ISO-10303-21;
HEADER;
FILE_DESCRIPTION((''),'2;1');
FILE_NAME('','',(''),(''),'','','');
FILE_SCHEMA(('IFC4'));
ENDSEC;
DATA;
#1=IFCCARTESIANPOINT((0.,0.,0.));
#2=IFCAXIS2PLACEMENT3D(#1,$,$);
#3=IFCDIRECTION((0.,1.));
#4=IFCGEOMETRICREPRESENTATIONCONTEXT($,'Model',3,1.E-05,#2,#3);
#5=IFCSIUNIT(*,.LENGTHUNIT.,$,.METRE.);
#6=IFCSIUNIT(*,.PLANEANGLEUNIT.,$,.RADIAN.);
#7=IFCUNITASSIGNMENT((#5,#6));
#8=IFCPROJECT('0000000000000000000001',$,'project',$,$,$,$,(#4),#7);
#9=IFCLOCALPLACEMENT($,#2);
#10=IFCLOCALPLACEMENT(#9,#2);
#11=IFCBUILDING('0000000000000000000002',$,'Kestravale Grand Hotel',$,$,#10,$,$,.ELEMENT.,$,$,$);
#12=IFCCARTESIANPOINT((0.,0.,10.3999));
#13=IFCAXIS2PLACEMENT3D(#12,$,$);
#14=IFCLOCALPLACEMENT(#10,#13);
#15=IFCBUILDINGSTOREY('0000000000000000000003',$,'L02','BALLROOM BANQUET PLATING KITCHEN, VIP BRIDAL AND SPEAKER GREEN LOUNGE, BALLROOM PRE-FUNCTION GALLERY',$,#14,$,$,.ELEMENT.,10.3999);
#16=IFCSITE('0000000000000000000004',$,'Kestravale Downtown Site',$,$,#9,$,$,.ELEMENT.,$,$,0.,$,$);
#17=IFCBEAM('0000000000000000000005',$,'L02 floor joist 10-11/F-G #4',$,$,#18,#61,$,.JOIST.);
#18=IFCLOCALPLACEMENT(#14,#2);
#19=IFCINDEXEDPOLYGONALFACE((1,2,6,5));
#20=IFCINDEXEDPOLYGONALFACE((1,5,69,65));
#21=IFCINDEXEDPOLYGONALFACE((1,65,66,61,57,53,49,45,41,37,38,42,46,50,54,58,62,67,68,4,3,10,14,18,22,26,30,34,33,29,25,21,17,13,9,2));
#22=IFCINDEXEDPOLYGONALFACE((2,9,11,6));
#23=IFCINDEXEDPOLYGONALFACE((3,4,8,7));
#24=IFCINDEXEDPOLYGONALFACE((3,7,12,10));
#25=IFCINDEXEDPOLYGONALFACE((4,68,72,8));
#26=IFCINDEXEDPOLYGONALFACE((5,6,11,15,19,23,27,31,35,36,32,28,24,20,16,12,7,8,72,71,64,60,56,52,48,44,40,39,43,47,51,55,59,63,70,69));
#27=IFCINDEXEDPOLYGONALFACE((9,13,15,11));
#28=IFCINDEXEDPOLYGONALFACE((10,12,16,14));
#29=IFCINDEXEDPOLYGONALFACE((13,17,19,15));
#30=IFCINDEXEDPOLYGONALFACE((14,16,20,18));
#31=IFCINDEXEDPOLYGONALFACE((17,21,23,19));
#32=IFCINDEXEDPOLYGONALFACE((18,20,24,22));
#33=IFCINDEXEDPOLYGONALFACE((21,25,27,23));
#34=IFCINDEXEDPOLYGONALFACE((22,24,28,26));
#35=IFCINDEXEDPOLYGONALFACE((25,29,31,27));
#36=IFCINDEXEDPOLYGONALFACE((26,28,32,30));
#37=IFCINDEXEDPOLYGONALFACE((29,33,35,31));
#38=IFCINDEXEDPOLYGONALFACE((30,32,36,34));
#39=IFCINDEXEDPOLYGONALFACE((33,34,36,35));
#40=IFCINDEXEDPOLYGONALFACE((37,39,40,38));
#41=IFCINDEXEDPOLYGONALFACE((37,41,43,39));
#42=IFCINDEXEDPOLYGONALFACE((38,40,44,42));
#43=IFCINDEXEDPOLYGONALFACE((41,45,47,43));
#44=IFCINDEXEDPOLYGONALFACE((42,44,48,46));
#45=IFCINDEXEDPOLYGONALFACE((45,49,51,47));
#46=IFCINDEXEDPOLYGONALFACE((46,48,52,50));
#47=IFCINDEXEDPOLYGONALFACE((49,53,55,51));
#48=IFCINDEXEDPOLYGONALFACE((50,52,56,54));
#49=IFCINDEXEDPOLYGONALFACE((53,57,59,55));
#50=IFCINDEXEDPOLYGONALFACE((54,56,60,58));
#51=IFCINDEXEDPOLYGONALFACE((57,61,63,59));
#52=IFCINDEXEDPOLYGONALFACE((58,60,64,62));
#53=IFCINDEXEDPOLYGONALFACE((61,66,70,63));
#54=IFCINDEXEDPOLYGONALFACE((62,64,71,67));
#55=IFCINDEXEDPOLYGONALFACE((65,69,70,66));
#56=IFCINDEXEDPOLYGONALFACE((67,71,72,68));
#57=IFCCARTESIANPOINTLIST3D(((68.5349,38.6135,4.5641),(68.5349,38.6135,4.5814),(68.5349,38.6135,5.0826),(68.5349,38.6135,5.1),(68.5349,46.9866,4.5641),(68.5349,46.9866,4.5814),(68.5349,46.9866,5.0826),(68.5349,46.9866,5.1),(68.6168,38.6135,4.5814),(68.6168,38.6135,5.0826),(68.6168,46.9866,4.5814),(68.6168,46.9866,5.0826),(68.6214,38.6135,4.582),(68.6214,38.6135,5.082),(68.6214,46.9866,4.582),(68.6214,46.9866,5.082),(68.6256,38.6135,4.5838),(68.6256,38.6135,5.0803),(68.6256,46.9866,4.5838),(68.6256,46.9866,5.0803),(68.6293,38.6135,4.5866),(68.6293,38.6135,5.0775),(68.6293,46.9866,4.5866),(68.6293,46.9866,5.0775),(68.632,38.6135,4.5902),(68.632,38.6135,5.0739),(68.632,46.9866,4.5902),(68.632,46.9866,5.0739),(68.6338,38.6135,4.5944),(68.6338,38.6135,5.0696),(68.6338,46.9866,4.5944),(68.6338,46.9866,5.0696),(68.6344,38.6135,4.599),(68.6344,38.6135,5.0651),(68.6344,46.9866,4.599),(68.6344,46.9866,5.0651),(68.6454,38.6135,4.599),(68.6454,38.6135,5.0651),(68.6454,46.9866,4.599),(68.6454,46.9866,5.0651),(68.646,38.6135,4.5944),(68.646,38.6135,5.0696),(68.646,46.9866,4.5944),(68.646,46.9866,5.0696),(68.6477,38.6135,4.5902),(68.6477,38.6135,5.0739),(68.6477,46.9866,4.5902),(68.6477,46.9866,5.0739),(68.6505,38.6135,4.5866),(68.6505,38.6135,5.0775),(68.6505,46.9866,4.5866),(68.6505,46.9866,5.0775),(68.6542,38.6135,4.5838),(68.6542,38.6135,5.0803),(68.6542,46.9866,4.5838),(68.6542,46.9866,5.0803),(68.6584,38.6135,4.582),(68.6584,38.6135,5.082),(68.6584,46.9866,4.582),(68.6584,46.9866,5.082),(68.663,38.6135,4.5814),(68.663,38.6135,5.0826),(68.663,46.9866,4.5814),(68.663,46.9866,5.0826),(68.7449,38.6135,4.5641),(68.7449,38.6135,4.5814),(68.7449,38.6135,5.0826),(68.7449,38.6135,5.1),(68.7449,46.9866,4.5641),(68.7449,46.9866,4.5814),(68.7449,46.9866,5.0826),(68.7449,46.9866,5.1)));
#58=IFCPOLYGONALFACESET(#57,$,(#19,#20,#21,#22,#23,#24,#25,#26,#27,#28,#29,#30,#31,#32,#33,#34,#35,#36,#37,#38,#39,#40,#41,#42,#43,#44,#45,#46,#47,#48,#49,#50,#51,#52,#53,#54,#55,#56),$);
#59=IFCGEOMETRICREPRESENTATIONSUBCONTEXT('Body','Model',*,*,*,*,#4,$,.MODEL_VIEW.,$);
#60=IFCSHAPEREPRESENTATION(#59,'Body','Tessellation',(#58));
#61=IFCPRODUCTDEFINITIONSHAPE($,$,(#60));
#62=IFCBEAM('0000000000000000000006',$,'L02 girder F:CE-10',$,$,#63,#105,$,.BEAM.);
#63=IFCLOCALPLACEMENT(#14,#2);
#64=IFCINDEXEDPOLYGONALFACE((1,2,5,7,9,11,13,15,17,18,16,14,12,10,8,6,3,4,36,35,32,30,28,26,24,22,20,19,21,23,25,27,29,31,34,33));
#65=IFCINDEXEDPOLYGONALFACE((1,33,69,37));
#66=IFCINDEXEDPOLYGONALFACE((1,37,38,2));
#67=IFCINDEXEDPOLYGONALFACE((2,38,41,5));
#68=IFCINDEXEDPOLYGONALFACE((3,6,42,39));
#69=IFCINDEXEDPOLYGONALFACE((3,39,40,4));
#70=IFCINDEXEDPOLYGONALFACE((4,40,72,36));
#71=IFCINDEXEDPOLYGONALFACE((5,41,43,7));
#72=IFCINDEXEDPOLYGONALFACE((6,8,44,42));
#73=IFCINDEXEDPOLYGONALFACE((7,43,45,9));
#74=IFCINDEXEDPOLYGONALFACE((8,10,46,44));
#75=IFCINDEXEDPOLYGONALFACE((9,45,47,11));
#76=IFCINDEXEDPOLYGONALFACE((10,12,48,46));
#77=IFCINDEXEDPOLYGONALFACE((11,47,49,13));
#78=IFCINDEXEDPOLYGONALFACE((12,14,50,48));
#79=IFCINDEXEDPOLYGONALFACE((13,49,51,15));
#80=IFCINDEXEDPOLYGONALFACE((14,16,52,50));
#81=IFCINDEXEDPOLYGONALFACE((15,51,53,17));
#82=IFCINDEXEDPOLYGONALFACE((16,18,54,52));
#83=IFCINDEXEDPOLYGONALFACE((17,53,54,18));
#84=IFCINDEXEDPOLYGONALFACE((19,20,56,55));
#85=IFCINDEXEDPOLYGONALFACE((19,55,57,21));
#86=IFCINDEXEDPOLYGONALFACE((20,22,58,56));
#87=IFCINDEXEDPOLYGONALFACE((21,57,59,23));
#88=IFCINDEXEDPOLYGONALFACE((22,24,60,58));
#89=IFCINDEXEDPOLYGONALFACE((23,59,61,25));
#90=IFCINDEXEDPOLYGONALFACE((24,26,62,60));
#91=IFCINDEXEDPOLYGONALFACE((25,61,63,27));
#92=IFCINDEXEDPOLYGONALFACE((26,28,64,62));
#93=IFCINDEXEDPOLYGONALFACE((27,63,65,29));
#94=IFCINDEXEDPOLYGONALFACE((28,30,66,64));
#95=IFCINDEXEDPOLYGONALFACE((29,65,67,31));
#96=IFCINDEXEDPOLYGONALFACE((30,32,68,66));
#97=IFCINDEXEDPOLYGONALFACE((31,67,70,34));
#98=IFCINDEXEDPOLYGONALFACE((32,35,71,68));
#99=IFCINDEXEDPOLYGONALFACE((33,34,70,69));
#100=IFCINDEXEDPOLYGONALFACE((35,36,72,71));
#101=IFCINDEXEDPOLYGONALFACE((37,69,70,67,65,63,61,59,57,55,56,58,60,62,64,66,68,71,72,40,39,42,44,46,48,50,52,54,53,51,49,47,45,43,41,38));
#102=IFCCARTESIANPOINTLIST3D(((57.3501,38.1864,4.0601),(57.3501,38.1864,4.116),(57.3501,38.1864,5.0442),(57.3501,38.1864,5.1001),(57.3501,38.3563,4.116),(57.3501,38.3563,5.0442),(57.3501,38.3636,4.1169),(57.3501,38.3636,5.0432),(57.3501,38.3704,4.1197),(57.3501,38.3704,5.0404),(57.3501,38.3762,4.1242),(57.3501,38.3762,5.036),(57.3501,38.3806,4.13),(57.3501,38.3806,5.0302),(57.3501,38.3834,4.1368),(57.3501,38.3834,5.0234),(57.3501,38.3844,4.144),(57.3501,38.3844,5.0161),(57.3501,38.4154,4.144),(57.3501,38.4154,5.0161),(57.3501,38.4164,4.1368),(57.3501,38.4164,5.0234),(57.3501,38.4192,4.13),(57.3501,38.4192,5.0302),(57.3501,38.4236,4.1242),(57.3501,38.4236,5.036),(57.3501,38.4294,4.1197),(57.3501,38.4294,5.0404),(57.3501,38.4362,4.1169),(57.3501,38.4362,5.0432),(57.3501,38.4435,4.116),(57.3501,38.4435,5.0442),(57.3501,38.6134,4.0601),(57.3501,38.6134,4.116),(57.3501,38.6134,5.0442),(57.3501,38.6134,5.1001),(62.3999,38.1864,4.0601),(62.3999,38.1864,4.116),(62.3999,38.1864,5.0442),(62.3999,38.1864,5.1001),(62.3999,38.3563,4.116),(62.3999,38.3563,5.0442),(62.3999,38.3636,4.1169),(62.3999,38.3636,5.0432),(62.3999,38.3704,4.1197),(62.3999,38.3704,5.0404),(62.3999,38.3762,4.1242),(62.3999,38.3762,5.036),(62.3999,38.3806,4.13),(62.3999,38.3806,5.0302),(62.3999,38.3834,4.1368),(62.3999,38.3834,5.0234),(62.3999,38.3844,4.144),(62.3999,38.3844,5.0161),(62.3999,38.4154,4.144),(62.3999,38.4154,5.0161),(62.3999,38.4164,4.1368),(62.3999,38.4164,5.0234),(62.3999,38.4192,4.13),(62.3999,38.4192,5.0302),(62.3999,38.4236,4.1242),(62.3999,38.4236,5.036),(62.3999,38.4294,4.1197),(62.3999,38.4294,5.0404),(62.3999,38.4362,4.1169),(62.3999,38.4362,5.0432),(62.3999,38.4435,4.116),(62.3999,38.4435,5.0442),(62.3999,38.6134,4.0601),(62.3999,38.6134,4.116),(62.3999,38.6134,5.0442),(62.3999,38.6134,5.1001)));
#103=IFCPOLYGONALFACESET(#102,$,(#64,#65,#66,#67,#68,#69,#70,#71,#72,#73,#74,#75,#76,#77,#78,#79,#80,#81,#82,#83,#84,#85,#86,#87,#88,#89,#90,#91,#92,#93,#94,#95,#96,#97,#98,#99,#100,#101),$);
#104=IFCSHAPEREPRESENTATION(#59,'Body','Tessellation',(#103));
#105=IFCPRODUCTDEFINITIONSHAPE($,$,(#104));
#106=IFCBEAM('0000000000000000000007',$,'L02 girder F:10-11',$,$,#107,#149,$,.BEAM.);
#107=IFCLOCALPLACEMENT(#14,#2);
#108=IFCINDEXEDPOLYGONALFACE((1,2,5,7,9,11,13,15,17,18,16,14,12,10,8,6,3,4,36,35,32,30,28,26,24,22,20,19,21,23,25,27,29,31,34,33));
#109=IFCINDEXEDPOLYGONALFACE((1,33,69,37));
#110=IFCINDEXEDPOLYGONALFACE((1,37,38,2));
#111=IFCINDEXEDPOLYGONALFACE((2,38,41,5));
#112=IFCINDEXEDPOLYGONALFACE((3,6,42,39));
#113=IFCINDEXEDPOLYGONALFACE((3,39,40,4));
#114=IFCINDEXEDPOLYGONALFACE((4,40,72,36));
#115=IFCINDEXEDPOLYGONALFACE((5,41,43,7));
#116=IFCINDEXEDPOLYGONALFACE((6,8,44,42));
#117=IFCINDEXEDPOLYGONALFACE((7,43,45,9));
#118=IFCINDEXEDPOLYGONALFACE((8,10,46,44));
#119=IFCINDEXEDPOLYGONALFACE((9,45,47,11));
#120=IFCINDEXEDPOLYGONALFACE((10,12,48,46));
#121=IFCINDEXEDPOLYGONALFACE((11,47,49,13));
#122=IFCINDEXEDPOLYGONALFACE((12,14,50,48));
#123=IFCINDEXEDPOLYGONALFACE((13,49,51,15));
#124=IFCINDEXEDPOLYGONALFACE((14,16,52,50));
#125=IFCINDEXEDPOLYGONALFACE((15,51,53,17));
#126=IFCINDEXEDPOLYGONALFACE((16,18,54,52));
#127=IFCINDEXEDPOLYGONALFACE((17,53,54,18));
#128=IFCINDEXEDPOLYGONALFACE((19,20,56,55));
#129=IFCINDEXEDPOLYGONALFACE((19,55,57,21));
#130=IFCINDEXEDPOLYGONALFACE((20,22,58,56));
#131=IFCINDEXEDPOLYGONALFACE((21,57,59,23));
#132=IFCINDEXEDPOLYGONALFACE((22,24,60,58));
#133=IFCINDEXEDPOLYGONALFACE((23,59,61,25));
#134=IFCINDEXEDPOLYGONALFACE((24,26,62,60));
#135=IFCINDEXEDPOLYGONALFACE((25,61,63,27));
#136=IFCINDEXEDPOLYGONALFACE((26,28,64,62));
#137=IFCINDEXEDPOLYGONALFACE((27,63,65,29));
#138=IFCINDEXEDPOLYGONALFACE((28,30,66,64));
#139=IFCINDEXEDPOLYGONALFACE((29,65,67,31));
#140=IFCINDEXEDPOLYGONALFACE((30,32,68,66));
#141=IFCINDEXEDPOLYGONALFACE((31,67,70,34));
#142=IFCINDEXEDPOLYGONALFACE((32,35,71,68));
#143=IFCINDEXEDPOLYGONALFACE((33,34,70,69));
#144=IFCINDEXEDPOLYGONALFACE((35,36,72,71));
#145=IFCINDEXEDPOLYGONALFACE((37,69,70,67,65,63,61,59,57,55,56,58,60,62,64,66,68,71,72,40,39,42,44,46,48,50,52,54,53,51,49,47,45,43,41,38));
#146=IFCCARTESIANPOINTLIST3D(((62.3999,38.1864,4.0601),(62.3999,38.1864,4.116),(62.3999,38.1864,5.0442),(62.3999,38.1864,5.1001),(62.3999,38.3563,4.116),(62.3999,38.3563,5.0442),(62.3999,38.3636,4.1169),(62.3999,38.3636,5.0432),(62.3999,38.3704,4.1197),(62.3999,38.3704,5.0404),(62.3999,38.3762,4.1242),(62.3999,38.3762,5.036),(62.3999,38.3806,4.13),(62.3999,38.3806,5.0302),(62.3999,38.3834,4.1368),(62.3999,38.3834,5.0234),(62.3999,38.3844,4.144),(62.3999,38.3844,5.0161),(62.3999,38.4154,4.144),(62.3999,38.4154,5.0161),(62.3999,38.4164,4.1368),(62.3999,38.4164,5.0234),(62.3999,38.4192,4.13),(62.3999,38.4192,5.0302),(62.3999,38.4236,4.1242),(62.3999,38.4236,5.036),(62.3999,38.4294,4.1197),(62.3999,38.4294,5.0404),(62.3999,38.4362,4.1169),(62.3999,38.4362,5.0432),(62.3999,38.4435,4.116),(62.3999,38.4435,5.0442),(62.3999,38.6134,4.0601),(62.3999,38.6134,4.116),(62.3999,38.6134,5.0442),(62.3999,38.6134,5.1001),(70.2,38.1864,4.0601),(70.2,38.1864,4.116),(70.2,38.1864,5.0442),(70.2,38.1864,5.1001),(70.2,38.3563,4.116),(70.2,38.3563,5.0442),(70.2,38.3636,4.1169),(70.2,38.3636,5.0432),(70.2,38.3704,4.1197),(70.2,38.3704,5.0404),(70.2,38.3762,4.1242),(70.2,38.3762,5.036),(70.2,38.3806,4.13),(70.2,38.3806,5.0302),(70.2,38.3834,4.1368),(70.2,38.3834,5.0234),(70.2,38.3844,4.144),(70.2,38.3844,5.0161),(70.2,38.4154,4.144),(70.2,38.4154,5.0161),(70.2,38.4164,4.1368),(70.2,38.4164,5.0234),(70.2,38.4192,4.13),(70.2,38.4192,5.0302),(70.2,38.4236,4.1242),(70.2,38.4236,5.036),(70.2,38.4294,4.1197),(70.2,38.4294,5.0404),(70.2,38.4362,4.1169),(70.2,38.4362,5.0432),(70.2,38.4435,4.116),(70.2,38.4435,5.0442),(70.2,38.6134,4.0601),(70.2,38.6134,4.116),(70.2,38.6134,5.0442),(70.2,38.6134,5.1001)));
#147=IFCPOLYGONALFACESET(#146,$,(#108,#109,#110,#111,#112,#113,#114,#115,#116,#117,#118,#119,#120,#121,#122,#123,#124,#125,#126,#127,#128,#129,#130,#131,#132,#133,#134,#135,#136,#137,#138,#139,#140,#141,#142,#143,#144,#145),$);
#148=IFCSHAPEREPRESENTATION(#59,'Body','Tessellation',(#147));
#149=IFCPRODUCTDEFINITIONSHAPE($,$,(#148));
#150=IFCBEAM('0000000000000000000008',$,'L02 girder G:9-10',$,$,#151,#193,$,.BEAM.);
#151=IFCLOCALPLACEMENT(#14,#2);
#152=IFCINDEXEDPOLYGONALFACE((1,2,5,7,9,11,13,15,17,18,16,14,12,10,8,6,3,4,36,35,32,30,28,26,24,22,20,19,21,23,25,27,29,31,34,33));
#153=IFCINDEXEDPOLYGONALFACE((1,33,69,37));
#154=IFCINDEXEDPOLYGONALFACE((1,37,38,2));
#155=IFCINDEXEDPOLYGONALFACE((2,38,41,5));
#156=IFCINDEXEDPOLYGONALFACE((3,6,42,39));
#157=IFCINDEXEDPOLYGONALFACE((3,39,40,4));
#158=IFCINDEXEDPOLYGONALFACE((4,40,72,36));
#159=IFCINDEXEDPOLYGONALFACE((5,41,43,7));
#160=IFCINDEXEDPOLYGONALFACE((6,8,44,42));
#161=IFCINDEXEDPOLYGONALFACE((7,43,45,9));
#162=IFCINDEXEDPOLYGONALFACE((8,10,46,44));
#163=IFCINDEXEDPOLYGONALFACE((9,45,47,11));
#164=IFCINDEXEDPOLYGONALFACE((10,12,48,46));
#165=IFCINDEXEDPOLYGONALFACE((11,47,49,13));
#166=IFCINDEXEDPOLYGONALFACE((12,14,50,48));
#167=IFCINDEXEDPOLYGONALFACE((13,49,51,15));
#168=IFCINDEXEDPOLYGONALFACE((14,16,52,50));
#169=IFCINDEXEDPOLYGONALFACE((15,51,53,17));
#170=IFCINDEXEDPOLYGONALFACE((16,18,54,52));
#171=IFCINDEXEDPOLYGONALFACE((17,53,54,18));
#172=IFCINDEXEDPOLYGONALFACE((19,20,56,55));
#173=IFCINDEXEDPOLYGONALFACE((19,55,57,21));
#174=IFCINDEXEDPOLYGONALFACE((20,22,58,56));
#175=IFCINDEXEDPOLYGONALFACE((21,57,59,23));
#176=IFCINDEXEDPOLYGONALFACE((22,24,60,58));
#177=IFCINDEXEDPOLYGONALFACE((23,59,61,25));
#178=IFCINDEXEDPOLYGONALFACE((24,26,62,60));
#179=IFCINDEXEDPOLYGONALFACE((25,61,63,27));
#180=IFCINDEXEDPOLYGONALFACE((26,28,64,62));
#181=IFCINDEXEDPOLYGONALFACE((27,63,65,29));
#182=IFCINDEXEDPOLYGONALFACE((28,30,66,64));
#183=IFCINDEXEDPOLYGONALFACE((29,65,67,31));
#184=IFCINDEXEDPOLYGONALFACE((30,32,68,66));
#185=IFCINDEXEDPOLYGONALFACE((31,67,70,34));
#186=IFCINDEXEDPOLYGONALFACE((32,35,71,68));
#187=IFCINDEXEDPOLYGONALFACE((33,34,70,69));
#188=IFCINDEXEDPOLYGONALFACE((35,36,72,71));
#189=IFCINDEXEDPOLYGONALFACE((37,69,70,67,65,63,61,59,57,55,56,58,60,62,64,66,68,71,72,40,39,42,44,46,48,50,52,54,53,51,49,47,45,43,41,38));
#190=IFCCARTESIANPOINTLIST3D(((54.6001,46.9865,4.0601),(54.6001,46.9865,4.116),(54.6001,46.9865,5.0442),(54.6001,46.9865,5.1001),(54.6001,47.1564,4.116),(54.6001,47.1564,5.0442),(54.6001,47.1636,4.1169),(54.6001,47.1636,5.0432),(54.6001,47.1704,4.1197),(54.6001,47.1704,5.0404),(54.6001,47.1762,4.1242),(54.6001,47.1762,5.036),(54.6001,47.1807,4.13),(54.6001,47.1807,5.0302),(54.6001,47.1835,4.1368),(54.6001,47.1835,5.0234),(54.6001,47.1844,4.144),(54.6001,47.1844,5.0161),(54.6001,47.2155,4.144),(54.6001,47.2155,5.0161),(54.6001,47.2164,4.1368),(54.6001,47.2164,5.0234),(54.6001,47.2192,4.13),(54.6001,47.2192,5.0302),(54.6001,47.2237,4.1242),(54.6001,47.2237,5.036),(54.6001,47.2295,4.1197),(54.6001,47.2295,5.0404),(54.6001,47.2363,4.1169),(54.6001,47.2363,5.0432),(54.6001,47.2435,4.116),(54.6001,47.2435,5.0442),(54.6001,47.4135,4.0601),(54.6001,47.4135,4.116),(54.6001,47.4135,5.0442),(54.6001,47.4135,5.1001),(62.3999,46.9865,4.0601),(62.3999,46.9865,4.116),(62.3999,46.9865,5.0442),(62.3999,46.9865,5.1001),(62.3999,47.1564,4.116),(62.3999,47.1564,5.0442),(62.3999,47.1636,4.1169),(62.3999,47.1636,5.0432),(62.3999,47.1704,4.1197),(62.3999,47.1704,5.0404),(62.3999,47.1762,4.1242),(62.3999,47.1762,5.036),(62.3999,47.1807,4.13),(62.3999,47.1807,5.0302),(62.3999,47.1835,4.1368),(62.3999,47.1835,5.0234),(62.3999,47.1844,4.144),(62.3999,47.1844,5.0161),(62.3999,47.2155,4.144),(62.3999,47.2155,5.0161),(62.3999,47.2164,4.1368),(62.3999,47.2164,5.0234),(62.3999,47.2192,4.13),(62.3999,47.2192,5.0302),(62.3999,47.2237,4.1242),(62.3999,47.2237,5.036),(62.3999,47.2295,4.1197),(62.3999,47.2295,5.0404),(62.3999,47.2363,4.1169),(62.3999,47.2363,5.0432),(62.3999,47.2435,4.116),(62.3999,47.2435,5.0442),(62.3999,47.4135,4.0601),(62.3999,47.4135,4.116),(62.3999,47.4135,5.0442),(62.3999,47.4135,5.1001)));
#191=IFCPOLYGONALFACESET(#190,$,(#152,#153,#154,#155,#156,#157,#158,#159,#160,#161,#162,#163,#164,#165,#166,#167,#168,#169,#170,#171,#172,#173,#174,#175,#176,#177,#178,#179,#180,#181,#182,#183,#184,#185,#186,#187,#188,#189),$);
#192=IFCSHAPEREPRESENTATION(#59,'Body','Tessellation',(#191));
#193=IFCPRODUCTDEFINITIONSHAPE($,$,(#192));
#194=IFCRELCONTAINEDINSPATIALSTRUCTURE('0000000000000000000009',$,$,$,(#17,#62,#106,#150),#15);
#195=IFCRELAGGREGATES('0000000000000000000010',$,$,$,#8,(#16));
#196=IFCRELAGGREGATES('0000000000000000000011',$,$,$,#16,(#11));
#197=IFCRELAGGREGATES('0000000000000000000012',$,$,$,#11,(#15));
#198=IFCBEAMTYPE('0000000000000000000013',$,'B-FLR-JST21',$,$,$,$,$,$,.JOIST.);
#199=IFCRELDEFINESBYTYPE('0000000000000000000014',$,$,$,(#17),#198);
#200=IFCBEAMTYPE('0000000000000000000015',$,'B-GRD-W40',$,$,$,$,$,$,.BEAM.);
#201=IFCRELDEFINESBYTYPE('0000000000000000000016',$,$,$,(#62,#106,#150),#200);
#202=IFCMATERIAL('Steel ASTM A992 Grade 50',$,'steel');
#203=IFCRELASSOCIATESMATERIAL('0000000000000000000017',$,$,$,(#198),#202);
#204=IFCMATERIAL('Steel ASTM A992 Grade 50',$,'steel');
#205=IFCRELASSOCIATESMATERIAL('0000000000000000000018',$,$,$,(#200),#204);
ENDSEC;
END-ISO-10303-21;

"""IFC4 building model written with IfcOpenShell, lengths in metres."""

from ifc_helpers import new_model, si_unit, direction, frame, origin, origin_2d, place, context, subcontext, project, spatial, i_section, extrude, material, material_profile, profile_set, type_object, element, save


model = new_model("IFC4")

# Units and contexts
model_context = context("Model", 3, precision=1e-05, world=origin(), true_north=direction((0.0, 1.0)))
body_context = subcontext(model_context, "Body", "Model", "MODEL_VIEW")
ifc_project = project(units=[si_unit("LENGTHUNIT", "METRE"), si_unit("PLANEANGLEUNIT", "RADIAN")], contexts=[model_context])

# Site, building, storey
site_placement = place(None, origin())
site = spatial("IfcSite", under=ifc_project, at=site_placement, Name="Kestravale Downtown Site", CompositionType="ELEMENT", RefElevation=0.0)
building_placement = place(site_placement, origin())
building = spatial("IfcBuilding", under=site, at=building_placement, Name="Kestravale Grand Hotel", CompositionType="ELEMENT")
storey_placement = place(building_placement, frame((0.0, 0.0, 10.3999)))
storey = spatial("IfcBuildingStorey", under=building, at=storey_placement, Name="L02", Description="BALLROOM BANQUET PLATING KITCHEN, VIP BRIDAL AND SPEAKER GREEN LOUNGE, BALLROOM PRE-FUNCTION GALLERY", CompositionType="ELEMENT", Elevation=10.3999)

# Beams
ifc_material_1 = material(Name="Steel ASTM A992 Grade 50", Category="steel")
ifc_material_profile_1 = material_profile(ifc_material_1, i_section(OverallWidth=0.21, OverallDepth=0.5359, WebThickness=0.011, FlangeThickness=0.0173, FilletRadius=0.0176, at=origin_2d()))
ifc_profile_set_1 = profile_set([ifc_material_profile_1], Name="Steel ASTM A992 Grade 50")
beam_type_1 = type_object("IfcBeamType", Name="B-FLR-JST21", PredefinedType="JOIST", material=ifc_profile_set_1)
for number, where, z_axis, x_axis, name in (
    (1, (68.6399, 38.6135, 4.832), (0.0, 1.0, 0.0), (-1.0, 0.0, 0.0), "L02 floor joist 10-11/F-G #4"),
):
    element("IfcBeam", number, at=place(storey_placement, frame(where, z_axis=z_axis, x_axis=x_axis)), inside=storey, type_object=beam_type_1, Name=name, PredefinedType="JOIST", context=body_context, shape_type="SweptSolid", body=[
        extrude(i_section(OverallWidth=0.21, OverallDepth=0.5359, WebThickness=0.011, FlangeThickness=0.0173, FilletRadius=0.0176, at=origin_2d()), origin(), (0.0, 0.0, 1.0), 8.373),
    ])
ifc_material_2 = material(Name="Steel ASTM A992 Grade 50", Category="steel")
ifc_material_profile_2 = material_profile(ifc_material_2, i_section(OverallWidth=0.427, OverallDepth=1.04, WebThickness=0.031, FlangeThickness=0.0559, FilletRadius=0.0281, at=origin_2d()))
ifc_profile_set_2 = profile_set([ifc_material_profile_2], Name="Steel ASTM A992 Grade 50")
beam_type_2 = type_object("IfcBeamType", Name="B-GRD-W40", PredefinedType="BEAM", material=ifc_profile_set_2)
beam_1_placement = place(storey_placement, frame((57.3501, 38.3999, 4.5801), z_axis=(1.0, 0.0, 0.0), x_axis=(0.0, 1.0, 0.0)))
element("IfcBeam", 2, at=beam_1_placement, inside=storey, type_object=beam_type_2, Name="L02 girder F:CE-10", PredefinedType="BEAM", context=body_context, shape_type="SweptSolid", body=[
    extrude(i_section(OverallWidth=0.427, OverallDepth=1.04, WebThickness=0.031, FlangeThickness=0.0559, FilletRadius=0.0281, at=origin_2d()), origin(), (0.0, 0.0, 1.0), 5.0498),
])
beam_2_placement = place(storey_placement, frame((62.3999, 38.3999, 4.5801), z_axis=(1.0, 0.0, 0.0), x_axis=(0.0, 1.0, 0.0)))
element("IfcBeam", 3, at=beam_2_placement, inside=storey, type_object=beam_type_2, Name="L02 girder F:10-11", PredefinedType="BEAM", context=body_context, shape_type="SweptSolid", body=[
    extrude(i_section(OverallWidth=0.427, OverallDepth=1.04, WebThickness=0.031, FlangeThickness=0.0559, FilletRadius=0.0281, at=origin_2d()), origin(), (0.0, 0.0, 1.0), 7.8),
])
beam_3_placement = place(storey_placement, frame((54.6001, 47.2, 4.5801), z_axis=(1.0, 0.0, 0.0), x_axis=(0.0, 1.0, 0.0)))
element("IfcBeam", 4, at=beam_3_placement, inside=storey, type_object=beam_type_2, Name="L02 girder G:9-10", PredefinedType="BEAM", context=body_context, shape_type="SweptSolid", body=[
    extrude(i_section(OverallWidth=0.427, OverallDepth=1.04, WebThickness=0.031, FlangeThickness=0.0559, FilletRadius=0.0281, at=origin_2d()), origin(), (0.0, 0.0, 1.0), 7.7998),
])

save(model, "model.ifc")
